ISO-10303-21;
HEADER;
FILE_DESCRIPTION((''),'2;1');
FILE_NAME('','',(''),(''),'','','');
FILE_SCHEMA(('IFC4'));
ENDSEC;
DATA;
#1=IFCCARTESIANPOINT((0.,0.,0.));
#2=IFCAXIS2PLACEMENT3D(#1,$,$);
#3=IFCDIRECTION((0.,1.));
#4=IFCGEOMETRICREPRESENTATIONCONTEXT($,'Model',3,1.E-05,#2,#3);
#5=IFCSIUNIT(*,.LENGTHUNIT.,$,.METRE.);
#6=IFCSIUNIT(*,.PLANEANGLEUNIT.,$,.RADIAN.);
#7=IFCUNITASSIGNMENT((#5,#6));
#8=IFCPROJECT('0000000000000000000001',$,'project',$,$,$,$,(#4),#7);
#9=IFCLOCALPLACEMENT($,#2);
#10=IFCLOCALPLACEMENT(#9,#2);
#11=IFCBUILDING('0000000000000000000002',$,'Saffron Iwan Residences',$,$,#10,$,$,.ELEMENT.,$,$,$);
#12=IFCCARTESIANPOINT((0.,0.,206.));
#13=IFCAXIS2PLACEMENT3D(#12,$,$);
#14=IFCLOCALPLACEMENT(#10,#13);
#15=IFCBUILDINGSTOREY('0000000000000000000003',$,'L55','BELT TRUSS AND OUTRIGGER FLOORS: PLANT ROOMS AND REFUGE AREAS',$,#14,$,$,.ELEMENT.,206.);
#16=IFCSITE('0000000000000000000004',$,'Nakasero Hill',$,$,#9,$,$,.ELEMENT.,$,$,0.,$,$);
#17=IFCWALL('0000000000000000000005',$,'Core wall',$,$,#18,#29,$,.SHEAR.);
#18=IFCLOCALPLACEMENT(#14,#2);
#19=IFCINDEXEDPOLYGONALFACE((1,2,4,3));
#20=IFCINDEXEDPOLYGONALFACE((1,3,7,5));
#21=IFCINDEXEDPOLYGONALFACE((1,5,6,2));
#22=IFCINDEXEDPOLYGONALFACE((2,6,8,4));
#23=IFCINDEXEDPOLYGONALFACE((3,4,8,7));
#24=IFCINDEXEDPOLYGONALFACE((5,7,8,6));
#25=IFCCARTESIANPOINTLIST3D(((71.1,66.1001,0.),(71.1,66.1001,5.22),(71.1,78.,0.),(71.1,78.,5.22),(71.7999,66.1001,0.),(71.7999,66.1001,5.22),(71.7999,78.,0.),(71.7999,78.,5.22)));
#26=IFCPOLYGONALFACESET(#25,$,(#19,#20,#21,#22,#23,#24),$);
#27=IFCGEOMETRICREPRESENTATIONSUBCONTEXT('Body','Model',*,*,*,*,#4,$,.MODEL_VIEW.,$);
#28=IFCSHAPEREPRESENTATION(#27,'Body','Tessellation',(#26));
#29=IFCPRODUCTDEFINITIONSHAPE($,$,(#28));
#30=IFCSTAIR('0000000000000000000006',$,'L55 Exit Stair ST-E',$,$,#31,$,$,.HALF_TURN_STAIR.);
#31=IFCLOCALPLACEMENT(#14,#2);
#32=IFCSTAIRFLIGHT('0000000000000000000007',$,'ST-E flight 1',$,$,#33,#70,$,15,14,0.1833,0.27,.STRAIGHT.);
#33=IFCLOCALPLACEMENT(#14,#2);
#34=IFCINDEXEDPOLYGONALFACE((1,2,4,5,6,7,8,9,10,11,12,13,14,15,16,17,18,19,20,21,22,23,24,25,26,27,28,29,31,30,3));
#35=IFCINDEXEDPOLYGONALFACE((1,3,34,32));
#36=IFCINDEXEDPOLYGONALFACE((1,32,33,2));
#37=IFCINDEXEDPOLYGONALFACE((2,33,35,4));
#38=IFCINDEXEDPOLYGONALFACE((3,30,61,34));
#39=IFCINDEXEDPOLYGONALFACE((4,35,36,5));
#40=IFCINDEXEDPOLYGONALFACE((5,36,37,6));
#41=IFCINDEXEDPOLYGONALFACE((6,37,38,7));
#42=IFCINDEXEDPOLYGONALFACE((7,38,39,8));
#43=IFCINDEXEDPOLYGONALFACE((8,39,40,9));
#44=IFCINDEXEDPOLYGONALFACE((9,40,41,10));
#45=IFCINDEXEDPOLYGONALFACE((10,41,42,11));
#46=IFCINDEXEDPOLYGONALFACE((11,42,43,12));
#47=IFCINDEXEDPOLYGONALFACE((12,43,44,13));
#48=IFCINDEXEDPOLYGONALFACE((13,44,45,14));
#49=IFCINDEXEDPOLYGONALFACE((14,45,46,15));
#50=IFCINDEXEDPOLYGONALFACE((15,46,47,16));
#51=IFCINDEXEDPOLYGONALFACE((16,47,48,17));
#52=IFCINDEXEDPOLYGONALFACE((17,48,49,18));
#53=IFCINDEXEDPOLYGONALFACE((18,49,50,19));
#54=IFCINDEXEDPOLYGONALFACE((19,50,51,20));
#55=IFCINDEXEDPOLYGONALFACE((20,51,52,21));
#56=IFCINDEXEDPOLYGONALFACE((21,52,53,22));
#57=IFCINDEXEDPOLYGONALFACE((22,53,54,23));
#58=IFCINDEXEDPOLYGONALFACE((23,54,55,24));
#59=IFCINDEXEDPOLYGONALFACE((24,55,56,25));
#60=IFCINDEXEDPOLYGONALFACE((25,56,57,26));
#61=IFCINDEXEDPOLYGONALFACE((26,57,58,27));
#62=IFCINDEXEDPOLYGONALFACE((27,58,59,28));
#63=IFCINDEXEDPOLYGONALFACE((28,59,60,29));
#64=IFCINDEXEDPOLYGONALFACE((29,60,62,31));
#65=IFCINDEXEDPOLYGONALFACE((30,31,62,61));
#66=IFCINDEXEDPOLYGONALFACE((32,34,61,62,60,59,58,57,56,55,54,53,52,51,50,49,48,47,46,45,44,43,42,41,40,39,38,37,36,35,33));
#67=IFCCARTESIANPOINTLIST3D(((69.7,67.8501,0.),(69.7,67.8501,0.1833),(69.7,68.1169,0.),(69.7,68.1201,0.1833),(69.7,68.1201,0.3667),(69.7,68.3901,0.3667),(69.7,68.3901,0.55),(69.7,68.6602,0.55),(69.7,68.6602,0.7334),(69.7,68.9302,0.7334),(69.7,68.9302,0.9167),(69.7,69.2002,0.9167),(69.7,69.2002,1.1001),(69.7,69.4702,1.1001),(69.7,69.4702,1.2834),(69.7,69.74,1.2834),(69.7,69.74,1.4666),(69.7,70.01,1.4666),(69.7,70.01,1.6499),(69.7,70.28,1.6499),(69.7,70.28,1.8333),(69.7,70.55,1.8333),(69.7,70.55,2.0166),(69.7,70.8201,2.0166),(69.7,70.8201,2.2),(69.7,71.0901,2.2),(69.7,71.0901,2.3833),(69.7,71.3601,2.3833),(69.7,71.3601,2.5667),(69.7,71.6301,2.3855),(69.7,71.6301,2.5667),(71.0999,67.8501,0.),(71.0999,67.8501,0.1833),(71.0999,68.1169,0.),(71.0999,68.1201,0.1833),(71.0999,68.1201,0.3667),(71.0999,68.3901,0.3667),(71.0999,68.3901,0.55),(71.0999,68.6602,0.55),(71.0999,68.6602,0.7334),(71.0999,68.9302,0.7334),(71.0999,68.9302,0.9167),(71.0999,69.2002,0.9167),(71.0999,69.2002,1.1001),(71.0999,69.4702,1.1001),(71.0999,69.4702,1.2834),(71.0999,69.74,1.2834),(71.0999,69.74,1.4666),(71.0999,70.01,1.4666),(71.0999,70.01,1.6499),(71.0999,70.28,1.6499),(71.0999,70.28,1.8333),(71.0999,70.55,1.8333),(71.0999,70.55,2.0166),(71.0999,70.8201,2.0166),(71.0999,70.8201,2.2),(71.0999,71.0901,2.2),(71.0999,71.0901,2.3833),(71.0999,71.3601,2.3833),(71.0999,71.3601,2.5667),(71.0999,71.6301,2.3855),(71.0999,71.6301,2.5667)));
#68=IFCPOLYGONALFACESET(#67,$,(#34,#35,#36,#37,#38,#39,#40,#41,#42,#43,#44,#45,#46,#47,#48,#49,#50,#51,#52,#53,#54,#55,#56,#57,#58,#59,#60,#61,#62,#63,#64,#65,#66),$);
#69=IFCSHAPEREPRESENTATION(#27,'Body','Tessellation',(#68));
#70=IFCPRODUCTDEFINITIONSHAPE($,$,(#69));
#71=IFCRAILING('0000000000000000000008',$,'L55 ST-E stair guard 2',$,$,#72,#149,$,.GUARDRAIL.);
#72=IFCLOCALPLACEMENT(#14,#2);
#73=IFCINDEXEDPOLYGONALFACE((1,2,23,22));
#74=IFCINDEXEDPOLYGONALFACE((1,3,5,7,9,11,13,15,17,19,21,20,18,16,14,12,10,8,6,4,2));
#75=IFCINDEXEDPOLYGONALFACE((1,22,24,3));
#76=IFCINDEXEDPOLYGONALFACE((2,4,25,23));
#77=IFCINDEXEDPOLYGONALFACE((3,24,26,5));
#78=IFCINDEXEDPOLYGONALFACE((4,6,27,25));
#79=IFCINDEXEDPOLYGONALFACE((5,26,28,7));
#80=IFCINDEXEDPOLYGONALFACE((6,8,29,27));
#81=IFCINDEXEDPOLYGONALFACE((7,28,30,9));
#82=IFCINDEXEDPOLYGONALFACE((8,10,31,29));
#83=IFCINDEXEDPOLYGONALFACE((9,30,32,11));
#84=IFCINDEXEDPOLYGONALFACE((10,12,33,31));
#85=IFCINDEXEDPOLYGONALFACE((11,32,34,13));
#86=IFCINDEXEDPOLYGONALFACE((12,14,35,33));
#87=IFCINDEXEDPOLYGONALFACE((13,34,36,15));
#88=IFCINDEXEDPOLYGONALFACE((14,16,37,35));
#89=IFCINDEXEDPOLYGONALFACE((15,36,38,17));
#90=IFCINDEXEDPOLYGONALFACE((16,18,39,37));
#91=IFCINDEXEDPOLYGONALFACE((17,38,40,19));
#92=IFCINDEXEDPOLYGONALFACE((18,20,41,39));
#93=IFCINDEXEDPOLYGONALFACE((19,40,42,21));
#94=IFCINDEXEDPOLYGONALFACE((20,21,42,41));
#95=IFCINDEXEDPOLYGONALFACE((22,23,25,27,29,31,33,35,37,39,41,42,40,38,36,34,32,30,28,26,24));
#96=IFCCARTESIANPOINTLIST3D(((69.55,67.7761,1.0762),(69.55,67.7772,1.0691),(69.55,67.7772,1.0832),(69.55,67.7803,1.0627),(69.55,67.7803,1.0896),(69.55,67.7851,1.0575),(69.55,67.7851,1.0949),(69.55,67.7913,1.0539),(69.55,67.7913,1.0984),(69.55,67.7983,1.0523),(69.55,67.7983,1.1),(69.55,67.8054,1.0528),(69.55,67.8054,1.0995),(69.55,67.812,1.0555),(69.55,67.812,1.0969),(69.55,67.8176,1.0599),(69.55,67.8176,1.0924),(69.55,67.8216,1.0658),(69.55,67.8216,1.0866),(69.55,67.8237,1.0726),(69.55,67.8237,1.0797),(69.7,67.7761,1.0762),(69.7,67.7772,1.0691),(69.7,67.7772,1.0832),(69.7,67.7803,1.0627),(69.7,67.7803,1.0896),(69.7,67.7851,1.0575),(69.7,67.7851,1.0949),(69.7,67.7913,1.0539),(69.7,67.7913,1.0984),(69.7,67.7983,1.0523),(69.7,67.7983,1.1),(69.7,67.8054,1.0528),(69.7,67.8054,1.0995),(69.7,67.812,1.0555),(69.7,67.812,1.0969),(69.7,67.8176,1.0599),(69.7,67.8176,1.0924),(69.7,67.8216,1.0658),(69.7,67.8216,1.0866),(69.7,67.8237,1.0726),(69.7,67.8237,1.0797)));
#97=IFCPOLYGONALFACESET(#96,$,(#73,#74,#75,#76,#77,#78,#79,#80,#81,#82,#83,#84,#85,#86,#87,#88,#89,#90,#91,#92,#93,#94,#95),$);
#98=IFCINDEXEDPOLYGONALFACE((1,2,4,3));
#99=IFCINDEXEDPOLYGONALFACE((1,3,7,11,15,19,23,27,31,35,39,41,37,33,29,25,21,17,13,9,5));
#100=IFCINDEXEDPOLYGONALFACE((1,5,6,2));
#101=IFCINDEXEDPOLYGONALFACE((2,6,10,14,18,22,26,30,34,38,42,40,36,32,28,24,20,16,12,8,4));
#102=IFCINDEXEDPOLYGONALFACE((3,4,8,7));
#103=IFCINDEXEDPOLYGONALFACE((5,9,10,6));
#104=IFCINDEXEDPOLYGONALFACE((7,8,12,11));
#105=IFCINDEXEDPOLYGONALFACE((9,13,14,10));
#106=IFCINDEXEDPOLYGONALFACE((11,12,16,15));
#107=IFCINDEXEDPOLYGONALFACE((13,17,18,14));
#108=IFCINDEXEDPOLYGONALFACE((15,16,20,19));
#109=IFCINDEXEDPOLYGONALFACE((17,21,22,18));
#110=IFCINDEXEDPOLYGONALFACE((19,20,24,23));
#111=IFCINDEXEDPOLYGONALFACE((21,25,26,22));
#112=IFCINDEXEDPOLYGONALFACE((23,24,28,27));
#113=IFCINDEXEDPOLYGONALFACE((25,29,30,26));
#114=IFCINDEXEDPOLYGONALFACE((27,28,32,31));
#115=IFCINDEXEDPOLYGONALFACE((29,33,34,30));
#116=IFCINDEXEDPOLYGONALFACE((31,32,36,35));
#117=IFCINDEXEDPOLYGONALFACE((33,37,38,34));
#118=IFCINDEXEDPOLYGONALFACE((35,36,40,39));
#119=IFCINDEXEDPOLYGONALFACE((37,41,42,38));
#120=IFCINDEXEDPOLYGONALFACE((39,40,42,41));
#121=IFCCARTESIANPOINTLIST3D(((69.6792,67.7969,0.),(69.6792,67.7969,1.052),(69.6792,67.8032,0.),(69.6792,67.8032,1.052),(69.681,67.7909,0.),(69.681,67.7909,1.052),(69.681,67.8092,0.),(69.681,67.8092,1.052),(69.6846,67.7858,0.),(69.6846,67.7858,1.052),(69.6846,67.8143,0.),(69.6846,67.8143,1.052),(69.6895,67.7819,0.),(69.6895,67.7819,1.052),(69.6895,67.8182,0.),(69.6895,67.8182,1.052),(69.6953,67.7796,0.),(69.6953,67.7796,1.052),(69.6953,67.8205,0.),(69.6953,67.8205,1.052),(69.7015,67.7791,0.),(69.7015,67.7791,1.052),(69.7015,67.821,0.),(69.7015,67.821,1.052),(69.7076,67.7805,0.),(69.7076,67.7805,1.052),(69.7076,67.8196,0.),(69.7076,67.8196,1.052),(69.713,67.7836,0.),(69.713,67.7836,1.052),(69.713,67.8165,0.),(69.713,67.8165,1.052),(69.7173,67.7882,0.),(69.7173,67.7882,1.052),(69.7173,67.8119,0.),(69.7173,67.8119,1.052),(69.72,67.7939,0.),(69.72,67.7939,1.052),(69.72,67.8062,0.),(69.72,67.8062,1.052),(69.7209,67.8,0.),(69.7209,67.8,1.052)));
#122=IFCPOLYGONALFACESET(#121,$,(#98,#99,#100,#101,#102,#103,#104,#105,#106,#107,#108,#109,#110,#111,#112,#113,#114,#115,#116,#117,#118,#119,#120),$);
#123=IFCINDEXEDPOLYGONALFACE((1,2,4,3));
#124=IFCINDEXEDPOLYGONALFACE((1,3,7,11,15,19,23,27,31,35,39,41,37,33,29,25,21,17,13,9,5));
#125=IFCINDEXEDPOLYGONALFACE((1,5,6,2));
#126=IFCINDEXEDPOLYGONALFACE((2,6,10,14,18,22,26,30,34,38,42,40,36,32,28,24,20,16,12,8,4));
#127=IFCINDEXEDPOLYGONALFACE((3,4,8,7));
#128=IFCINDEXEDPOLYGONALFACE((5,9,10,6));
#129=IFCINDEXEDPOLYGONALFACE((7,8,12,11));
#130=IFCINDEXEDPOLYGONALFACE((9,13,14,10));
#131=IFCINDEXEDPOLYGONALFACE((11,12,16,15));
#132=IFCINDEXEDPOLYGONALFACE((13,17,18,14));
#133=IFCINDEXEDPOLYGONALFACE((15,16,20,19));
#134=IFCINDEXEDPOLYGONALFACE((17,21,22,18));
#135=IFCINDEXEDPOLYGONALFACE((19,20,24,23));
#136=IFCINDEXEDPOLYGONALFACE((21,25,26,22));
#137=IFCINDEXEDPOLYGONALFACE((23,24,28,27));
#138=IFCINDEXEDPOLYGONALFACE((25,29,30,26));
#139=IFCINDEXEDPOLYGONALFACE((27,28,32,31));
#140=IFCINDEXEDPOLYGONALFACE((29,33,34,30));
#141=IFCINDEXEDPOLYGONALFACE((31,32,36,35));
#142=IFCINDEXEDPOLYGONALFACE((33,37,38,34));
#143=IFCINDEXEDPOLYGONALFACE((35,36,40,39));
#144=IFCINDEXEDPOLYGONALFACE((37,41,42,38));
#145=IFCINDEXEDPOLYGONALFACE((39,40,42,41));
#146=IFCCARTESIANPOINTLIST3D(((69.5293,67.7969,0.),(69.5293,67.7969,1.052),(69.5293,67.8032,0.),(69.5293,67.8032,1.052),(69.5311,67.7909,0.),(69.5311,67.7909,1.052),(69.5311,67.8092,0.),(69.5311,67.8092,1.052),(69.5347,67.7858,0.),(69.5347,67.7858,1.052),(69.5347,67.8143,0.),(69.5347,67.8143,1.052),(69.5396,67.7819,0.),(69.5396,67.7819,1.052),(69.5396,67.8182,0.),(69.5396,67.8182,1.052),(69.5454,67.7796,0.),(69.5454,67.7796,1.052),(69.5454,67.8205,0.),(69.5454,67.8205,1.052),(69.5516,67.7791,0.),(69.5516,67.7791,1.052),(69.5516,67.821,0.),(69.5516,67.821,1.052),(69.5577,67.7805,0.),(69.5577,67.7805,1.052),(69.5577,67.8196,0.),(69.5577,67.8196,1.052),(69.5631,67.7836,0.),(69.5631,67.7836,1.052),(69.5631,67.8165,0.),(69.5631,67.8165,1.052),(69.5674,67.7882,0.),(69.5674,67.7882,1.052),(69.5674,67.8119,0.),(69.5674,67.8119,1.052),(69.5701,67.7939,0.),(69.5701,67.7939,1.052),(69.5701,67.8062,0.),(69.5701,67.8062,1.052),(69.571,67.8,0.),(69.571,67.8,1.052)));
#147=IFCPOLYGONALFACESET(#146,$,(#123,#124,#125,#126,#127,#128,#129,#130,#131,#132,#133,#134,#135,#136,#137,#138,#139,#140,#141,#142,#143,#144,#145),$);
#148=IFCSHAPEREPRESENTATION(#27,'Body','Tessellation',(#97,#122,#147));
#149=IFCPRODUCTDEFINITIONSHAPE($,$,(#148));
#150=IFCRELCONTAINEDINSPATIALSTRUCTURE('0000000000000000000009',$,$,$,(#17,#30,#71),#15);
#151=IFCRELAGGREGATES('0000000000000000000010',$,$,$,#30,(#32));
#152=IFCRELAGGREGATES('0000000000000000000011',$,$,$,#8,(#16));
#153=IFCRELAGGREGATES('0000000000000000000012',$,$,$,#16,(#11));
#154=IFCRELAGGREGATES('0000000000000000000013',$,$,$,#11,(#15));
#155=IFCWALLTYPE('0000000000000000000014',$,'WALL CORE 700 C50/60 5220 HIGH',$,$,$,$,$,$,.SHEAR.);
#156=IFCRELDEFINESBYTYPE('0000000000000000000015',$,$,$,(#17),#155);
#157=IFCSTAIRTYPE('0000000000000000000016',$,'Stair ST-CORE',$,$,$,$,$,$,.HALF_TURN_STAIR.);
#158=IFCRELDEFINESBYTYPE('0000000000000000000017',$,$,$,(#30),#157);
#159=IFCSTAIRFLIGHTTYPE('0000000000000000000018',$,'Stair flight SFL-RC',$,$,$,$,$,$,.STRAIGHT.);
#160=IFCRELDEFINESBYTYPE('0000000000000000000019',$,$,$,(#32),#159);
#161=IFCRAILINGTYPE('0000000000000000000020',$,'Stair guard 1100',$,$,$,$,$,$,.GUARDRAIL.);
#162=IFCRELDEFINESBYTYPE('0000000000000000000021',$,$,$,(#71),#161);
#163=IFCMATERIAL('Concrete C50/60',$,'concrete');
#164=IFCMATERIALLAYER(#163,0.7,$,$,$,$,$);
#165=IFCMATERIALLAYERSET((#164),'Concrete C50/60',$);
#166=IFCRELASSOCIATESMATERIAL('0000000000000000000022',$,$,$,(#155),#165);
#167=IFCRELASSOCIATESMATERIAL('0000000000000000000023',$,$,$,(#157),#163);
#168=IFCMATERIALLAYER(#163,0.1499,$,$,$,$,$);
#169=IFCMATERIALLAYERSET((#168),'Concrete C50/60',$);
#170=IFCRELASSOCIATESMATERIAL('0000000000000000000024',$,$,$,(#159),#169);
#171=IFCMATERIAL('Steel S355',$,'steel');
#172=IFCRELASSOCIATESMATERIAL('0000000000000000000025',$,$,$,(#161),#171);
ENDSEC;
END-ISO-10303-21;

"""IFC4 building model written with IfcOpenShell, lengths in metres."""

from ifc_helpers import new_model, si_unit, direction, frame, frame_2d, origin, origin_2d, place, context, subcontext, project, spatial, polyline, rectangle, circle, outline, extrude, material, layer, layer_set, type_object, element, aggregate, save


model = new_model("IFC4")

# Units and contexts
model_context = context("Model", 3, precision=1e-05, world=origin(), true_north=direction((0.0, 1.0)))
body_context = subcontext(model_context, "Body", "Model", "MODEL_VIEW")
ifc_project = project(units=[si_unit("LENGTHUNIT", "METRE"), si_unit("PLANEANGLEUNIT", "RADIAN")], contexts=[model_context])

# Site, building, storey
site_placement = place(None, origin())
site = spatial("IfcSite", under=ifc_project, at=site_placement, Name="Nakasero Hill", CompositionType="ELEMENT", RefElevation=0.0)
building_placement = place(site_placement, origin())
building = spatial("IfcBuilding", under=site, at=building_placement, Name="Saffron Iwan Residences", CompositionType="ELEMENT")
storey_placement = place(building_placement, frame((0.0, 0.0, 206.0)))
storey = spatial("IfcBuildingStorey", under=building, at=storey_placement, Name="L55", Description="BELT TRUSS AND OUTRIGGER FLOORS: PLANT ROOMS AND REFUGE AREAS", CompositionType="ELEMENT", Elevation=206.0)

# Shared definitions
ifc_material_1 = material(Name="Concrete C50/60", Category="concrete")

# Wall
ifc_layer_1 = layer(ifc_material_1, 0.7)
ifc_layer_set_1 = layer_set([ifc_layer_1], Name="Concrete C50/60")
wall_type_1 = type_object("IfcWallType", Name="WALL CORE 700 C50/60 5220 HIGH", PredefinedType="SHEAR", material=ifc_layer_set_1)
wall_1_placement = place(storey_placement, frame((71.45, 66.1001, 0.0), z_axis=(0.0, 0.0, 1.0), x_axis=(0.0, 1.0, 0.0)))
element("IfcWall", 1, at=wall_1_placement, inside=storey, type_object=wall_type_1, Name="Core wall", PredefinedType="SHEAR", context=body_context, shape_type="SweptSolid", body=[
    extrude(rectangle(XDim=11.8999, YDim=0.7, at=frame_2d((5.95, 0.0))), origin(), (0.0, 0.0, 1.0), 5.22),
])

# Stair, stair flight
stair_type = type_object("IfcStairType", Name="Stair ST-CORE", PredefinedType="HALF_TURN_STAIR", material=ifc_material_1)
stair_placement = place(storey_placement, origin())
stair = element("IfcStair", 2, at=stair_placement, inside=storey, type_object=stair_type, Name="L55 Exit Stair ST-E", PredefinedType="HALF_TURN_STAIR")
ifc_layer_2 = layer(ifc_material_1, 0.1499)
ifc_layer_set_2 = layer_set([ifc_layer_2], Name="Concrete C50/60")
stair_flight_type = type_object("IfcStairFlightType", Name="Stair flight SFL-RC", PredefinedType="STRAIGHT", material=ifc_layer_set_2)
stair_flight_placement = place(storey_placement, frame((70.3999, 67.8501, 0.0), z_axis=(0.0, 0.0, 1.0), x_axis=(0.0, 1.0, 0.0)))
stair_flight = element("IfcStairFlight", 3, at=stair_flight_placement, type_object=stair_flight_type, Name="ST-E flight 1", NumberOfRisers=15, NumberOfTreads=14, PredefinedType="STRAIGHT", RiserHeight=0.1833, TreadLength=0.27, context=body_context, shape_type="SweptSolid", body=[
    extrude(outline(polyline([(0.0, 0.0), (0.0, 0.1833), (0.27, 0.1833), (0.27, 0.3667), (0.54, 0.3667), (0.54, 0.55), (0.8101, 0.55), (0.8101, 0.7334), (1.0801, 0.7334), (1.0801, 0.9167), (1.3501, 0.9167), (1.3501, 1.1001), (1.6201, 1.1001), (1.6201, 1.2834), (1.8899, 1.2834), (1.8899, 1.4666), (2.1599, 1.4666), (2.1599, 1.6499), (2.4299, 1.6499), (2.4299, 1.8333), (2.7, 1.8333), (2.7, 2.0166), (2.97, 2.0166), (2.97, 2.2), (3.24, 2.2), (3.24, 2.3833), (3.51, 2.3833), (3.51, 2.5667), (3.78, 2.5667), (3.78, 2.75), (3.78, 2.3855), (0.2668, 0.0), (0.0, 0.0)])), frame((0.0, 0.7, 0.0), z_axis=(0.0, -1.0, 0.0), x_axis=(1.0, 0.0, 0.0)), (0.0, 0.0, 1.0), 1.3999),
])
aggregate(stair, [stair_flight])

# Railing
ifc_material_2 = material(Name="Steel S355", Category="steel")
railing_type_1 = type_object("IfcRailingType", Name="Stair guard 1100", PredefinedType="GUARDRAIL", material=ifc_material_2)
railing_1_placement = place(storey_placement, frame((69.7, 67.8, 0.0)))
element("IfcRailing", 4, at=railing_1_placement, inside=storey, type_object=railing_type_1, Name="L55 ST-E stair guard 2", PredefinedType="GUARDRAIL", context=body_context, shape_type="SweptSolid", body=[
    extrude(circle(Radius=0.0239, at=origin_2d()), frame((0.0, 0.0, 1.0762), z_axis=(-1.0, 0.0, 0.0), x_axis=(0.0, -1.0, 0.0)), (0.0, 0.0, 1.0), 0.1499),
    extrude(circle(Radius=0.021, at=origin_2d()), origin(), (0.0, 0.0, 1.0), 1.052),
    extrude(circle(Radius=0.021, at=origin_2d()), frame((-0.1499, 0.0, 0.0)), (0.0, 0.0, 1.0), 1.052),
])

save(model, "model.ifc")
